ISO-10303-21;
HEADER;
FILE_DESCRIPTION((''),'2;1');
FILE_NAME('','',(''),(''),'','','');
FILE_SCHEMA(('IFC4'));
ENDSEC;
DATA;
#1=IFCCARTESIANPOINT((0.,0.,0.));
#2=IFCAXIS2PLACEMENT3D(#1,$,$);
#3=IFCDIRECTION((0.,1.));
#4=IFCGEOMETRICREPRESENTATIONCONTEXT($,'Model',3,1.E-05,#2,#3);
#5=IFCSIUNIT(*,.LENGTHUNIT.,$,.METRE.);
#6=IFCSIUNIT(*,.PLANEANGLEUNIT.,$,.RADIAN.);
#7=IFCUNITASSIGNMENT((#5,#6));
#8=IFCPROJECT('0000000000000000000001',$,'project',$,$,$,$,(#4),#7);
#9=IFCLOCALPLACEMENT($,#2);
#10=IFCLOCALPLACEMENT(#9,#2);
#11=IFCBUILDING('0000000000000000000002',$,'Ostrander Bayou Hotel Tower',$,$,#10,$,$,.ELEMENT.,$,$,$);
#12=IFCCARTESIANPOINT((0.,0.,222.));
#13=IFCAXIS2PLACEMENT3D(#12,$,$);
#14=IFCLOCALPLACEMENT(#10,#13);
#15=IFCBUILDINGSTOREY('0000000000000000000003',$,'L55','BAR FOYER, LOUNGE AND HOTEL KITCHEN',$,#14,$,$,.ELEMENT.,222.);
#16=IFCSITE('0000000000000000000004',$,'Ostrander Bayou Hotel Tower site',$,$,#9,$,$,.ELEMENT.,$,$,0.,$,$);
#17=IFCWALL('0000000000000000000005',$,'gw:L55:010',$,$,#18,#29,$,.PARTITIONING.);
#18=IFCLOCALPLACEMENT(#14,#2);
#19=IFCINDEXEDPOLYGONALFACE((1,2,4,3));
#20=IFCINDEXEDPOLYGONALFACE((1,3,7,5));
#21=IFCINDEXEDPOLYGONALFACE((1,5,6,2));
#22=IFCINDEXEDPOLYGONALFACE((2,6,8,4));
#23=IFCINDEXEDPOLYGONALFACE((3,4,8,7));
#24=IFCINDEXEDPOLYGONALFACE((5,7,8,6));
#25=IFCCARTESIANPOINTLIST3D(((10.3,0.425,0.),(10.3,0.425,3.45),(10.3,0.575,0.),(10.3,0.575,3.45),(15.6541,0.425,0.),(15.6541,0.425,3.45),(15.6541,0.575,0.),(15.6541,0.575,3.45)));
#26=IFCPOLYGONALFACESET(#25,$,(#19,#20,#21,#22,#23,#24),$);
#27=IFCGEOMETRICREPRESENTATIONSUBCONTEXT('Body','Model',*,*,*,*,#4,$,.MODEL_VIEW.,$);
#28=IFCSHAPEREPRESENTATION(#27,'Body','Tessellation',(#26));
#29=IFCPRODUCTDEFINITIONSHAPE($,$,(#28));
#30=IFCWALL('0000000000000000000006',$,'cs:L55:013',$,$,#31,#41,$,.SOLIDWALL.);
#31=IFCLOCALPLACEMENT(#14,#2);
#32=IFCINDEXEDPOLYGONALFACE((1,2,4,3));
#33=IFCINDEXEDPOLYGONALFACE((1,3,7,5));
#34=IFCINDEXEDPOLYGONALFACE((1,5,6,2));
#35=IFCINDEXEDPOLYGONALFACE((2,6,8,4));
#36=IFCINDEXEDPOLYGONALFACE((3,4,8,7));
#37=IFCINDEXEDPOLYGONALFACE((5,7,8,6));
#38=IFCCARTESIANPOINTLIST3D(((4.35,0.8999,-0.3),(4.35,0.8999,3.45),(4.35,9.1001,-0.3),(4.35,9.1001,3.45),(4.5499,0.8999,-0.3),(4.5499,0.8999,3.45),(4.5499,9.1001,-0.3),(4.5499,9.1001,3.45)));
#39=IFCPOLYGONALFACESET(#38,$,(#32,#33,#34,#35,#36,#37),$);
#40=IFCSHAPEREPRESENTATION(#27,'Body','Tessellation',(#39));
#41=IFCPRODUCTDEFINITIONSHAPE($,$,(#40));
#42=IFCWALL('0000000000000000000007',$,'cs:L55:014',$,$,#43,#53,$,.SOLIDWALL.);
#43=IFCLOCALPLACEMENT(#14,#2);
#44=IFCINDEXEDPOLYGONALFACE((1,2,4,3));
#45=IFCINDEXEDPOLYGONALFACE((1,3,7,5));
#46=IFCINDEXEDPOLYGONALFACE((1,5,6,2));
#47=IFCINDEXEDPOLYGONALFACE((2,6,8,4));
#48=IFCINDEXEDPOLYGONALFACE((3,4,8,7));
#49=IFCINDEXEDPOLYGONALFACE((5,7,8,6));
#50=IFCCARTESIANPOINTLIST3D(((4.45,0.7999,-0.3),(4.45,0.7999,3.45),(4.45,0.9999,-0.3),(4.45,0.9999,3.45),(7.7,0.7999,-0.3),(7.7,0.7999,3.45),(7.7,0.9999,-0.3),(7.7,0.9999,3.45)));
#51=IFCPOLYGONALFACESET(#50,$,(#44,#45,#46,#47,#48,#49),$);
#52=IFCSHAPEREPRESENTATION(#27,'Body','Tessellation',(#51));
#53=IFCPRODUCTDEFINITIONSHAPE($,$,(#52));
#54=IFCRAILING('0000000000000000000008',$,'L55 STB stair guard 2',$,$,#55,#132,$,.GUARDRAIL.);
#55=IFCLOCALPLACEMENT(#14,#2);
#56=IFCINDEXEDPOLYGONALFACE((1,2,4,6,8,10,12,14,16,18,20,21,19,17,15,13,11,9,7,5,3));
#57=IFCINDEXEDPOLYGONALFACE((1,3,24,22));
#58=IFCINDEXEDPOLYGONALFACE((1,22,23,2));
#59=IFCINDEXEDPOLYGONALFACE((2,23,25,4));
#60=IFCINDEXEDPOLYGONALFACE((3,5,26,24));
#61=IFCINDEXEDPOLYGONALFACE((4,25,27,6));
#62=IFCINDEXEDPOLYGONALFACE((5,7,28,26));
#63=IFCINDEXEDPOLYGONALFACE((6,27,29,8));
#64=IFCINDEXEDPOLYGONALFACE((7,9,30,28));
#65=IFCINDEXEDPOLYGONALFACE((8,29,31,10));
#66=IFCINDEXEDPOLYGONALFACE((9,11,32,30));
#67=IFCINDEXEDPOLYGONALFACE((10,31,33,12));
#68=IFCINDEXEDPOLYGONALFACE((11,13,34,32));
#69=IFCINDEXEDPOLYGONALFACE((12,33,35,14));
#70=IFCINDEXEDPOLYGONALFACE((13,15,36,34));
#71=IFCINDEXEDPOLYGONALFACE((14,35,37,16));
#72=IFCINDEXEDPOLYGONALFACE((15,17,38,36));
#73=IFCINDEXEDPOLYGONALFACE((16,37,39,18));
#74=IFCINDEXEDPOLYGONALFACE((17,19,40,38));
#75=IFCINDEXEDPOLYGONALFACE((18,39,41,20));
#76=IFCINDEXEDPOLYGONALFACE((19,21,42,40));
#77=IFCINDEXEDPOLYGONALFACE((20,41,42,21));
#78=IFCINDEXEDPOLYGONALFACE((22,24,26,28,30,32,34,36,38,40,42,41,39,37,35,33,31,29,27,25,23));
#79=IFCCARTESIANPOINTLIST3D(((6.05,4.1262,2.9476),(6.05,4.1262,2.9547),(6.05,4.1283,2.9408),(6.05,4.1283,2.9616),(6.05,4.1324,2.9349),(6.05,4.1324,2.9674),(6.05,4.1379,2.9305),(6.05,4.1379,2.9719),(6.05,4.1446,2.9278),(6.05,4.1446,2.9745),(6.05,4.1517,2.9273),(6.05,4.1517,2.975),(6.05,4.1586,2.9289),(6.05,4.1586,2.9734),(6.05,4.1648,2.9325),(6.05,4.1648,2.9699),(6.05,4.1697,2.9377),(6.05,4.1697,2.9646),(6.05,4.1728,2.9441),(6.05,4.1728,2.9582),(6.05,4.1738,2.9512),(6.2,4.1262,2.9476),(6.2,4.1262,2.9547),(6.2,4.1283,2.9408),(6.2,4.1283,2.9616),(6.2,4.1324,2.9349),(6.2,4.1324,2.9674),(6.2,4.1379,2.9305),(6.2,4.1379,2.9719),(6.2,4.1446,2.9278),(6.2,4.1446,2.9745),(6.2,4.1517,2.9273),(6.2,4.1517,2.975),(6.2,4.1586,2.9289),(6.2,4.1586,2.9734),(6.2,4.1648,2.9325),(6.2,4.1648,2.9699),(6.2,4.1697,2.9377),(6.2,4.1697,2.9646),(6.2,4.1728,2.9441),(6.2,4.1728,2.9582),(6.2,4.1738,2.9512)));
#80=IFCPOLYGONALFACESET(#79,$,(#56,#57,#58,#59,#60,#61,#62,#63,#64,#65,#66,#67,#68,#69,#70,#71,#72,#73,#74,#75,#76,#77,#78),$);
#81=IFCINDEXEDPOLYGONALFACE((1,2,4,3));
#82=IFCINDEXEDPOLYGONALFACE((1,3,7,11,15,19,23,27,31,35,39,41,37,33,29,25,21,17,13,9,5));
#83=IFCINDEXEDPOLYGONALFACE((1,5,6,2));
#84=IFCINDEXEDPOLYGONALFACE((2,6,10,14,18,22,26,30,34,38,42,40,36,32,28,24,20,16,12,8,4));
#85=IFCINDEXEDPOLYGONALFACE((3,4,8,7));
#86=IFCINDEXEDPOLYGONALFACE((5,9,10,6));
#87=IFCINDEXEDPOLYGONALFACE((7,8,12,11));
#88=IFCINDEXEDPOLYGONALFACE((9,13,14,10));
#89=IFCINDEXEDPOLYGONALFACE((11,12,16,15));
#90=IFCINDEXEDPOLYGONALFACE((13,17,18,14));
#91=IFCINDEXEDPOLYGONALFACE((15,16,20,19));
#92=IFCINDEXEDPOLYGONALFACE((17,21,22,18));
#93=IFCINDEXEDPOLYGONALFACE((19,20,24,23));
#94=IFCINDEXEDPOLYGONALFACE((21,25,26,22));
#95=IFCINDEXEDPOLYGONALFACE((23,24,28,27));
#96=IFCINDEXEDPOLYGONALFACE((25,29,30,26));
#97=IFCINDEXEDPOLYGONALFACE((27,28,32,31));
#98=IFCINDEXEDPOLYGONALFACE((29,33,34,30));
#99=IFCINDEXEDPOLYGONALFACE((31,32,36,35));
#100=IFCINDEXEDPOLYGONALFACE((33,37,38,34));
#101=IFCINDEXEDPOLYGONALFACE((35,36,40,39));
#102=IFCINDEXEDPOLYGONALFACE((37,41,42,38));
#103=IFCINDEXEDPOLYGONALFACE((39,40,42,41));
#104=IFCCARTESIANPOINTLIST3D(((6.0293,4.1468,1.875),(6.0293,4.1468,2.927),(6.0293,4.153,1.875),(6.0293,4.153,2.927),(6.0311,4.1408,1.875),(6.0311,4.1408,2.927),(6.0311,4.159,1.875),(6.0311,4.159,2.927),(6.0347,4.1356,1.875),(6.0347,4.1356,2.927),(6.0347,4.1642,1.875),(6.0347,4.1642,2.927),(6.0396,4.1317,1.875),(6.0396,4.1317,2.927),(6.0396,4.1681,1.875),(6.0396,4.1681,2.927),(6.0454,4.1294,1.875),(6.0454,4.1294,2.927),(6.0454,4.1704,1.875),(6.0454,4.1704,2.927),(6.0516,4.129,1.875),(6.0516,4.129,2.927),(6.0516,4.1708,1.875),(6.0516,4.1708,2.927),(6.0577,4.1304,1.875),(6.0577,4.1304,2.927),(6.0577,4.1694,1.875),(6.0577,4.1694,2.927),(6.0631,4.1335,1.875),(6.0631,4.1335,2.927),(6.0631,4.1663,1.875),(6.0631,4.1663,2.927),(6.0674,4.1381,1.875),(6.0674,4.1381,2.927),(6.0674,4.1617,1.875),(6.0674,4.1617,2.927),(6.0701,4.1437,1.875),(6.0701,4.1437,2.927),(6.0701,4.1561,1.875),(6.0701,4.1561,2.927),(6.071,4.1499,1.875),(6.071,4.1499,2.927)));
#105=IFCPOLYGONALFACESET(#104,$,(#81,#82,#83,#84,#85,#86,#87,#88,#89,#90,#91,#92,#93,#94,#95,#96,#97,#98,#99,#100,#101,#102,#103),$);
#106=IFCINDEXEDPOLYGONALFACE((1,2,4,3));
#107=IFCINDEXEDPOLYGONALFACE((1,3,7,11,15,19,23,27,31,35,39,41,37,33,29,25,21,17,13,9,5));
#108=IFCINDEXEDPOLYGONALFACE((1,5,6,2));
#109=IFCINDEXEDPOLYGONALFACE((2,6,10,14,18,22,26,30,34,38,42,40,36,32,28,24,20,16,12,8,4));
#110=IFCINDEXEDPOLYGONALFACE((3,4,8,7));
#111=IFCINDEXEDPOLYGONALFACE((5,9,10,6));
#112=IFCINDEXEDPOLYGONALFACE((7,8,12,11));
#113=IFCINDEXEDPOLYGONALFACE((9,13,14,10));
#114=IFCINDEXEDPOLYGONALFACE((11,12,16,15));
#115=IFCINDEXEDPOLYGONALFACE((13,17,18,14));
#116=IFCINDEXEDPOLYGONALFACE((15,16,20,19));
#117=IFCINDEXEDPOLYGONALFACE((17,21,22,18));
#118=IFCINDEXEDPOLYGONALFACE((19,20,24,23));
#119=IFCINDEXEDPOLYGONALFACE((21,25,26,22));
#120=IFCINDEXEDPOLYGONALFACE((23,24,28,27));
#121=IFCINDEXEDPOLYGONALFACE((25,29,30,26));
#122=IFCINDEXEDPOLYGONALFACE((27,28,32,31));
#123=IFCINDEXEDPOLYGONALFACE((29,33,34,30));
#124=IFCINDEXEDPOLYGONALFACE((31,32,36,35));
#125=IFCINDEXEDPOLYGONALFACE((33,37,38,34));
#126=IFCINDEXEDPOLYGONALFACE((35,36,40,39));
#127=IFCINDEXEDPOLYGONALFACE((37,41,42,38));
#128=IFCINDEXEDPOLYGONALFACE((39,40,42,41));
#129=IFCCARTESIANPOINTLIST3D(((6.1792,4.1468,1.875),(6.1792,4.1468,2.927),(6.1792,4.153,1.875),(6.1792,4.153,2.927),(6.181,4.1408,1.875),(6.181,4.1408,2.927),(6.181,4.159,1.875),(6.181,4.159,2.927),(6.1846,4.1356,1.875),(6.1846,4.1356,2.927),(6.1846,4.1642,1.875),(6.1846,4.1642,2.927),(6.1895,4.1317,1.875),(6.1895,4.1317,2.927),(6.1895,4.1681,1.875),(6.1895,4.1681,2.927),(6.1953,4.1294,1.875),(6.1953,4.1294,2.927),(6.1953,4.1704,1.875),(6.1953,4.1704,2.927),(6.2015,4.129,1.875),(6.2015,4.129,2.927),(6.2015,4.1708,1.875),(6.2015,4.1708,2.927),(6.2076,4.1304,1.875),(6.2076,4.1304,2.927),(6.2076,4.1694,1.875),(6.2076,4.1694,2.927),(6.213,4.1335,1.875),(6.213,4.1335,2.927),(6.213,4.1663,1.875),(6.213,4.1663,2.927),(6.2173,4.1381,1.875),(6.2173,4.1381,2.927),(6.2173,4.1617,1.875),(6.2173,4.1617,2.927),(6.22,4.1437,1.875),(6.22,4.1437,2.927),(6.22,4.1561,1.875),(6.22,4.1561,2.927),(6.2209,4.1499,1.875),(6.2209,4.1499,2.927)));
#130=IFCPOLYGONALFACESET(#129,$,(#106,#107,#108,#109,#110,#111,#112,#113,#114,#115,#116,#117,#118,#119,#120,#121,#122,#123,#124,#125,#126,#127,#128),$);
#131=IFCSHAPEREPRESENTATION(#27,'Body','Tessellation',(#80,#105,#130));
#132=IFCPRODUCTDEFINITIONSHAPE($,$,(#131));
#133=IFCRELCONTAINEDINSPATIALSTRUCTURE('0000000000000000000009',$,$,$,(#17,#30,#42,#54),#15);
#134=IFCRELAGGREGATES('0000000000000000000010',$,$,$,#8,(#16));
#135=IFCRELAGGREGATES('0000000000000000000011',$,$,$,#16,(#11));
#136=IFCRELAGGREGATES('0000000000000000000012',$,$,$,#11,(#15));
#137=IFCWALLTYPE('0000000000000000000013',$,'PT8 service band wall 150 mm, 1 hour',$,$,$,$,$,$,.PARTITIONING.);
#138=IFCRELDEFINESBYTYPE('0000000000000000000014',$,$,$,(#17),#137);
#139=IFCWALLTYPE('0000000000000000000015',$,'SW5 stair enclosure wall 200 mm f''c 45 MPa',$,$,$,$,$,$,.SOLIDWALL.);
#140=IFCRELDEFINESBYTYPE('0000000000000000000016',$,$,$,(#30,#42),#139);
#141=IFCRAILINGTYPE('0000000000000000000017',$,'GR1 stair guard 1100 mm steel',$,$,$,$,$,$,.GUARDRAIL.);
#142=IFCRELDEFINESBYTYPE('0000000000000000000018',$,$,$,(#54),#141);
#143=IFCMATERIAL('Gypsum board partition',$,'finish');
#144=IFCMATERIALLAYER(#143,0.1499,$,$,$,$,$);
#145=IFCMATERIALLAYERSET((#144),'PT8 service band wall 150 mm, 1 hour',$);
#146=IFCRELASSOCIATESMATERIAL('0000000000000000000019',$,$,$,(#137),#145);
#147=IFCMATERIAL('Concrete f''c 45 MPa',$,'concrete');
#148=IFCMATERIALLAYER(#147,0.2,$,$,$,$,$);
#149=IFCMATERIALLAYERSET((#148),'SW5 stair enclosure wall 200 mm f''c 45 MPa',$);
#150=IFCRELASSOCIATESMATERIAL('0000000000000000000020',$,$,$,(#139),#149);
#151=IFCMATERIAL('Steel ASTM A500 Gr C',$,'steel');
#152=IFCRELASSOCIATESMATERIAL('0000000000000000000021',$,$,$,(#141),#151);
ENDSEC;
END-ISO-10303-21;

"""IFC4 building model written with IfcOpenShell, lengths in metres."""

from ifc_helpers import new_model, si_unit, direction, frame, frame_2d, origin, origin_2d, place, context, subcontext, project, spatial, rectangle, circle, extrude, material, layer, layer_set, type_object, element, save


model = new_model("IFC4")

# Units and contexts
model_context = context("Model", 3, precision=1e-05, world=origin(), true_north=direction((0.0, 1.0)))
body_context = subcontext(model_context, "Body", "Model", "MODEL_VIEW")
ifc_project = project(units=[si_unit("LENGTHUNIT", "METRE"), si_unit("PLANEANGLEUNIT", "RADIAN")], contexts=[model_context])

# Site, building, storey
site_placement = place(None, origin())
site = spatial("IfcSite", under=ifc_project, at=site_placement, Name="Ostrander Bayou Hotel Tower site", CompositionType="ELEMENT", RefElevation=0.0)
building_placement = place(site_placement, origin())
building = spatial("IfcBuilding", under=site, at=building_placement, Name="Ostrander Bayou Hotel Tower", CompositionType="ELEMENT")
storey_placement = place(building_placement, frame((0.0, 0.0, 222.0)))
storey = spatial("IfcBuildingStorey", under=building, at=storey_placement, Name="L55", Description="BAR FOYER, LOUNGE AND HOTEL KITCHEN", CompositionType="ELEMENT", Elevation=222.0)

# Walls
ifc_material_1 = material(Name="Gypsum board partition", Category="finish")
ifc_layer_1 = layer(ifc_material_1, 0.1499)
ifc_layer_set_1 = layer_set([ifc_layer_1], Name="PT8 service band wall 150 mm, 1 hour")
wall_type_1 = type_object("IfcWallType", Name="PT8 service band wall 150 mm, 1 hour", PredefinedType="PARTITIONING", material=ifc_layer_set_1)
wall_1_placement = place(storey_placement, frame((10.3, 0.5, 0.0), z_axis=(0.0, 0.0, 1.0), x_axis=(1.0, 0.0, 0.0)))
element("IfcWall", 1, at=wall_1_placement, inside=storey, type_object=wall_type_1, Name="gw:L55:010", PredefinedType="PARTITIONING", context=body_context, shape_type="SweptSolid", body=[
    extrude(rectangle(XDim=5.354, YDim=0.1499, at=frame_2d((2.677, 0.0))), origin(), (0.0, 0.0, 1.0), 3.45),
])
ifc_material_2 = material(Name="Concrete f'c 45 MPa", Category="concrete")
ifc_layer_2 = layer(ifc_material_2, 0.2)
ifc_layer_set_2 = layer_set([ifc_layer_2], Name="SW5 stair enclosure wall 200 mm f'c 45 MPa")
wall_type_2 = type_object("IfcWallType", Name="SW5 stair enclosure wall 200 mm f'c 45 MPa", PredefinedType="SOLIDWALL", material=ifc_layer_set_2)
wall_2_placement = place(storey_placement, frame((4.45, 0.8999, -0.3), z_axis=(0.0, 0.0, 1.0), x_axis=(0.0, 1.0, 0.0)))
element("IfcWall", 2, at=wall_2_placement, inside=storey, type_object=wall_type_2, Name="cs:L55:013", PredefinedType="SOLIDWALL", context=body_context, shape_type="SweptSolid", body=[
    extrude(rectangle(XDim=8.2002, YDim=0.2, at=frame_2d((4.1001, 0.0))), origin(), (0.0, 0.0, 1.0), 3.75),
])
wall_3_placement = place(storey_placement, frame((4.45, 0.8999, -0.3), z_axis=(0.0, 0.0, 1.0), x_axis=(1.0, 0.0, 0.0)))
element("IfcWall", 3, at=wall_3_placement, inside=storey, type_object=wall_type_2, Name="cs:L55:014", PredefinedType="SOLIDWALL", context=body_context, shape_type="SweptSolid", body=[
    extrude(rectangle(XDim=3.25, YDim=0.2, at=frame_2d((1.625, 0.0))), origin(), (0.0, 0.0, 1.0), 3.75),
])

# Railing
ifc_material_3 = material(Name="Steel ASTM A500 Gr C", Category="steel")
railing_type = type_object("IfcRailingType", Name="GR1 stair guard 1100 mm steel", PredefinedType="GUARDRAIL", material=ifc_material_3)
railing_1_placement = place(storey_placement, frame((6.05, 4.1499, 1.875)))
element("IfcRailing", 4, at=railing_1_placement, inside=storey, type_object=railing_type, Name="L55 STB stair guard 2", PredefinedType="GUARDRAIL", context=body_context, shape_type="SweptSolid", body=[
    extrude(circle(Radius=0.0239, at=origin_2d()), frame((0.0, 0.0, 1.0762), z_axis=(1.0, 0.0, 0.0), x_axis=(0.0, 1.0, 0.0)), (0.0, 0.0, 1.0), 0.1499),
    extrude(circle(Radius=0.021, at=origin_2d()), origin(), (0.0, 0.0, 1.0), 1.052),
    extrude(circle(Radius=0.021, at=origin_2d()), frame((0.1499, 0.0, 0.0)), (0.0, 0.0, 1.0), 1.052),
])

save(model, "model.ifc")
